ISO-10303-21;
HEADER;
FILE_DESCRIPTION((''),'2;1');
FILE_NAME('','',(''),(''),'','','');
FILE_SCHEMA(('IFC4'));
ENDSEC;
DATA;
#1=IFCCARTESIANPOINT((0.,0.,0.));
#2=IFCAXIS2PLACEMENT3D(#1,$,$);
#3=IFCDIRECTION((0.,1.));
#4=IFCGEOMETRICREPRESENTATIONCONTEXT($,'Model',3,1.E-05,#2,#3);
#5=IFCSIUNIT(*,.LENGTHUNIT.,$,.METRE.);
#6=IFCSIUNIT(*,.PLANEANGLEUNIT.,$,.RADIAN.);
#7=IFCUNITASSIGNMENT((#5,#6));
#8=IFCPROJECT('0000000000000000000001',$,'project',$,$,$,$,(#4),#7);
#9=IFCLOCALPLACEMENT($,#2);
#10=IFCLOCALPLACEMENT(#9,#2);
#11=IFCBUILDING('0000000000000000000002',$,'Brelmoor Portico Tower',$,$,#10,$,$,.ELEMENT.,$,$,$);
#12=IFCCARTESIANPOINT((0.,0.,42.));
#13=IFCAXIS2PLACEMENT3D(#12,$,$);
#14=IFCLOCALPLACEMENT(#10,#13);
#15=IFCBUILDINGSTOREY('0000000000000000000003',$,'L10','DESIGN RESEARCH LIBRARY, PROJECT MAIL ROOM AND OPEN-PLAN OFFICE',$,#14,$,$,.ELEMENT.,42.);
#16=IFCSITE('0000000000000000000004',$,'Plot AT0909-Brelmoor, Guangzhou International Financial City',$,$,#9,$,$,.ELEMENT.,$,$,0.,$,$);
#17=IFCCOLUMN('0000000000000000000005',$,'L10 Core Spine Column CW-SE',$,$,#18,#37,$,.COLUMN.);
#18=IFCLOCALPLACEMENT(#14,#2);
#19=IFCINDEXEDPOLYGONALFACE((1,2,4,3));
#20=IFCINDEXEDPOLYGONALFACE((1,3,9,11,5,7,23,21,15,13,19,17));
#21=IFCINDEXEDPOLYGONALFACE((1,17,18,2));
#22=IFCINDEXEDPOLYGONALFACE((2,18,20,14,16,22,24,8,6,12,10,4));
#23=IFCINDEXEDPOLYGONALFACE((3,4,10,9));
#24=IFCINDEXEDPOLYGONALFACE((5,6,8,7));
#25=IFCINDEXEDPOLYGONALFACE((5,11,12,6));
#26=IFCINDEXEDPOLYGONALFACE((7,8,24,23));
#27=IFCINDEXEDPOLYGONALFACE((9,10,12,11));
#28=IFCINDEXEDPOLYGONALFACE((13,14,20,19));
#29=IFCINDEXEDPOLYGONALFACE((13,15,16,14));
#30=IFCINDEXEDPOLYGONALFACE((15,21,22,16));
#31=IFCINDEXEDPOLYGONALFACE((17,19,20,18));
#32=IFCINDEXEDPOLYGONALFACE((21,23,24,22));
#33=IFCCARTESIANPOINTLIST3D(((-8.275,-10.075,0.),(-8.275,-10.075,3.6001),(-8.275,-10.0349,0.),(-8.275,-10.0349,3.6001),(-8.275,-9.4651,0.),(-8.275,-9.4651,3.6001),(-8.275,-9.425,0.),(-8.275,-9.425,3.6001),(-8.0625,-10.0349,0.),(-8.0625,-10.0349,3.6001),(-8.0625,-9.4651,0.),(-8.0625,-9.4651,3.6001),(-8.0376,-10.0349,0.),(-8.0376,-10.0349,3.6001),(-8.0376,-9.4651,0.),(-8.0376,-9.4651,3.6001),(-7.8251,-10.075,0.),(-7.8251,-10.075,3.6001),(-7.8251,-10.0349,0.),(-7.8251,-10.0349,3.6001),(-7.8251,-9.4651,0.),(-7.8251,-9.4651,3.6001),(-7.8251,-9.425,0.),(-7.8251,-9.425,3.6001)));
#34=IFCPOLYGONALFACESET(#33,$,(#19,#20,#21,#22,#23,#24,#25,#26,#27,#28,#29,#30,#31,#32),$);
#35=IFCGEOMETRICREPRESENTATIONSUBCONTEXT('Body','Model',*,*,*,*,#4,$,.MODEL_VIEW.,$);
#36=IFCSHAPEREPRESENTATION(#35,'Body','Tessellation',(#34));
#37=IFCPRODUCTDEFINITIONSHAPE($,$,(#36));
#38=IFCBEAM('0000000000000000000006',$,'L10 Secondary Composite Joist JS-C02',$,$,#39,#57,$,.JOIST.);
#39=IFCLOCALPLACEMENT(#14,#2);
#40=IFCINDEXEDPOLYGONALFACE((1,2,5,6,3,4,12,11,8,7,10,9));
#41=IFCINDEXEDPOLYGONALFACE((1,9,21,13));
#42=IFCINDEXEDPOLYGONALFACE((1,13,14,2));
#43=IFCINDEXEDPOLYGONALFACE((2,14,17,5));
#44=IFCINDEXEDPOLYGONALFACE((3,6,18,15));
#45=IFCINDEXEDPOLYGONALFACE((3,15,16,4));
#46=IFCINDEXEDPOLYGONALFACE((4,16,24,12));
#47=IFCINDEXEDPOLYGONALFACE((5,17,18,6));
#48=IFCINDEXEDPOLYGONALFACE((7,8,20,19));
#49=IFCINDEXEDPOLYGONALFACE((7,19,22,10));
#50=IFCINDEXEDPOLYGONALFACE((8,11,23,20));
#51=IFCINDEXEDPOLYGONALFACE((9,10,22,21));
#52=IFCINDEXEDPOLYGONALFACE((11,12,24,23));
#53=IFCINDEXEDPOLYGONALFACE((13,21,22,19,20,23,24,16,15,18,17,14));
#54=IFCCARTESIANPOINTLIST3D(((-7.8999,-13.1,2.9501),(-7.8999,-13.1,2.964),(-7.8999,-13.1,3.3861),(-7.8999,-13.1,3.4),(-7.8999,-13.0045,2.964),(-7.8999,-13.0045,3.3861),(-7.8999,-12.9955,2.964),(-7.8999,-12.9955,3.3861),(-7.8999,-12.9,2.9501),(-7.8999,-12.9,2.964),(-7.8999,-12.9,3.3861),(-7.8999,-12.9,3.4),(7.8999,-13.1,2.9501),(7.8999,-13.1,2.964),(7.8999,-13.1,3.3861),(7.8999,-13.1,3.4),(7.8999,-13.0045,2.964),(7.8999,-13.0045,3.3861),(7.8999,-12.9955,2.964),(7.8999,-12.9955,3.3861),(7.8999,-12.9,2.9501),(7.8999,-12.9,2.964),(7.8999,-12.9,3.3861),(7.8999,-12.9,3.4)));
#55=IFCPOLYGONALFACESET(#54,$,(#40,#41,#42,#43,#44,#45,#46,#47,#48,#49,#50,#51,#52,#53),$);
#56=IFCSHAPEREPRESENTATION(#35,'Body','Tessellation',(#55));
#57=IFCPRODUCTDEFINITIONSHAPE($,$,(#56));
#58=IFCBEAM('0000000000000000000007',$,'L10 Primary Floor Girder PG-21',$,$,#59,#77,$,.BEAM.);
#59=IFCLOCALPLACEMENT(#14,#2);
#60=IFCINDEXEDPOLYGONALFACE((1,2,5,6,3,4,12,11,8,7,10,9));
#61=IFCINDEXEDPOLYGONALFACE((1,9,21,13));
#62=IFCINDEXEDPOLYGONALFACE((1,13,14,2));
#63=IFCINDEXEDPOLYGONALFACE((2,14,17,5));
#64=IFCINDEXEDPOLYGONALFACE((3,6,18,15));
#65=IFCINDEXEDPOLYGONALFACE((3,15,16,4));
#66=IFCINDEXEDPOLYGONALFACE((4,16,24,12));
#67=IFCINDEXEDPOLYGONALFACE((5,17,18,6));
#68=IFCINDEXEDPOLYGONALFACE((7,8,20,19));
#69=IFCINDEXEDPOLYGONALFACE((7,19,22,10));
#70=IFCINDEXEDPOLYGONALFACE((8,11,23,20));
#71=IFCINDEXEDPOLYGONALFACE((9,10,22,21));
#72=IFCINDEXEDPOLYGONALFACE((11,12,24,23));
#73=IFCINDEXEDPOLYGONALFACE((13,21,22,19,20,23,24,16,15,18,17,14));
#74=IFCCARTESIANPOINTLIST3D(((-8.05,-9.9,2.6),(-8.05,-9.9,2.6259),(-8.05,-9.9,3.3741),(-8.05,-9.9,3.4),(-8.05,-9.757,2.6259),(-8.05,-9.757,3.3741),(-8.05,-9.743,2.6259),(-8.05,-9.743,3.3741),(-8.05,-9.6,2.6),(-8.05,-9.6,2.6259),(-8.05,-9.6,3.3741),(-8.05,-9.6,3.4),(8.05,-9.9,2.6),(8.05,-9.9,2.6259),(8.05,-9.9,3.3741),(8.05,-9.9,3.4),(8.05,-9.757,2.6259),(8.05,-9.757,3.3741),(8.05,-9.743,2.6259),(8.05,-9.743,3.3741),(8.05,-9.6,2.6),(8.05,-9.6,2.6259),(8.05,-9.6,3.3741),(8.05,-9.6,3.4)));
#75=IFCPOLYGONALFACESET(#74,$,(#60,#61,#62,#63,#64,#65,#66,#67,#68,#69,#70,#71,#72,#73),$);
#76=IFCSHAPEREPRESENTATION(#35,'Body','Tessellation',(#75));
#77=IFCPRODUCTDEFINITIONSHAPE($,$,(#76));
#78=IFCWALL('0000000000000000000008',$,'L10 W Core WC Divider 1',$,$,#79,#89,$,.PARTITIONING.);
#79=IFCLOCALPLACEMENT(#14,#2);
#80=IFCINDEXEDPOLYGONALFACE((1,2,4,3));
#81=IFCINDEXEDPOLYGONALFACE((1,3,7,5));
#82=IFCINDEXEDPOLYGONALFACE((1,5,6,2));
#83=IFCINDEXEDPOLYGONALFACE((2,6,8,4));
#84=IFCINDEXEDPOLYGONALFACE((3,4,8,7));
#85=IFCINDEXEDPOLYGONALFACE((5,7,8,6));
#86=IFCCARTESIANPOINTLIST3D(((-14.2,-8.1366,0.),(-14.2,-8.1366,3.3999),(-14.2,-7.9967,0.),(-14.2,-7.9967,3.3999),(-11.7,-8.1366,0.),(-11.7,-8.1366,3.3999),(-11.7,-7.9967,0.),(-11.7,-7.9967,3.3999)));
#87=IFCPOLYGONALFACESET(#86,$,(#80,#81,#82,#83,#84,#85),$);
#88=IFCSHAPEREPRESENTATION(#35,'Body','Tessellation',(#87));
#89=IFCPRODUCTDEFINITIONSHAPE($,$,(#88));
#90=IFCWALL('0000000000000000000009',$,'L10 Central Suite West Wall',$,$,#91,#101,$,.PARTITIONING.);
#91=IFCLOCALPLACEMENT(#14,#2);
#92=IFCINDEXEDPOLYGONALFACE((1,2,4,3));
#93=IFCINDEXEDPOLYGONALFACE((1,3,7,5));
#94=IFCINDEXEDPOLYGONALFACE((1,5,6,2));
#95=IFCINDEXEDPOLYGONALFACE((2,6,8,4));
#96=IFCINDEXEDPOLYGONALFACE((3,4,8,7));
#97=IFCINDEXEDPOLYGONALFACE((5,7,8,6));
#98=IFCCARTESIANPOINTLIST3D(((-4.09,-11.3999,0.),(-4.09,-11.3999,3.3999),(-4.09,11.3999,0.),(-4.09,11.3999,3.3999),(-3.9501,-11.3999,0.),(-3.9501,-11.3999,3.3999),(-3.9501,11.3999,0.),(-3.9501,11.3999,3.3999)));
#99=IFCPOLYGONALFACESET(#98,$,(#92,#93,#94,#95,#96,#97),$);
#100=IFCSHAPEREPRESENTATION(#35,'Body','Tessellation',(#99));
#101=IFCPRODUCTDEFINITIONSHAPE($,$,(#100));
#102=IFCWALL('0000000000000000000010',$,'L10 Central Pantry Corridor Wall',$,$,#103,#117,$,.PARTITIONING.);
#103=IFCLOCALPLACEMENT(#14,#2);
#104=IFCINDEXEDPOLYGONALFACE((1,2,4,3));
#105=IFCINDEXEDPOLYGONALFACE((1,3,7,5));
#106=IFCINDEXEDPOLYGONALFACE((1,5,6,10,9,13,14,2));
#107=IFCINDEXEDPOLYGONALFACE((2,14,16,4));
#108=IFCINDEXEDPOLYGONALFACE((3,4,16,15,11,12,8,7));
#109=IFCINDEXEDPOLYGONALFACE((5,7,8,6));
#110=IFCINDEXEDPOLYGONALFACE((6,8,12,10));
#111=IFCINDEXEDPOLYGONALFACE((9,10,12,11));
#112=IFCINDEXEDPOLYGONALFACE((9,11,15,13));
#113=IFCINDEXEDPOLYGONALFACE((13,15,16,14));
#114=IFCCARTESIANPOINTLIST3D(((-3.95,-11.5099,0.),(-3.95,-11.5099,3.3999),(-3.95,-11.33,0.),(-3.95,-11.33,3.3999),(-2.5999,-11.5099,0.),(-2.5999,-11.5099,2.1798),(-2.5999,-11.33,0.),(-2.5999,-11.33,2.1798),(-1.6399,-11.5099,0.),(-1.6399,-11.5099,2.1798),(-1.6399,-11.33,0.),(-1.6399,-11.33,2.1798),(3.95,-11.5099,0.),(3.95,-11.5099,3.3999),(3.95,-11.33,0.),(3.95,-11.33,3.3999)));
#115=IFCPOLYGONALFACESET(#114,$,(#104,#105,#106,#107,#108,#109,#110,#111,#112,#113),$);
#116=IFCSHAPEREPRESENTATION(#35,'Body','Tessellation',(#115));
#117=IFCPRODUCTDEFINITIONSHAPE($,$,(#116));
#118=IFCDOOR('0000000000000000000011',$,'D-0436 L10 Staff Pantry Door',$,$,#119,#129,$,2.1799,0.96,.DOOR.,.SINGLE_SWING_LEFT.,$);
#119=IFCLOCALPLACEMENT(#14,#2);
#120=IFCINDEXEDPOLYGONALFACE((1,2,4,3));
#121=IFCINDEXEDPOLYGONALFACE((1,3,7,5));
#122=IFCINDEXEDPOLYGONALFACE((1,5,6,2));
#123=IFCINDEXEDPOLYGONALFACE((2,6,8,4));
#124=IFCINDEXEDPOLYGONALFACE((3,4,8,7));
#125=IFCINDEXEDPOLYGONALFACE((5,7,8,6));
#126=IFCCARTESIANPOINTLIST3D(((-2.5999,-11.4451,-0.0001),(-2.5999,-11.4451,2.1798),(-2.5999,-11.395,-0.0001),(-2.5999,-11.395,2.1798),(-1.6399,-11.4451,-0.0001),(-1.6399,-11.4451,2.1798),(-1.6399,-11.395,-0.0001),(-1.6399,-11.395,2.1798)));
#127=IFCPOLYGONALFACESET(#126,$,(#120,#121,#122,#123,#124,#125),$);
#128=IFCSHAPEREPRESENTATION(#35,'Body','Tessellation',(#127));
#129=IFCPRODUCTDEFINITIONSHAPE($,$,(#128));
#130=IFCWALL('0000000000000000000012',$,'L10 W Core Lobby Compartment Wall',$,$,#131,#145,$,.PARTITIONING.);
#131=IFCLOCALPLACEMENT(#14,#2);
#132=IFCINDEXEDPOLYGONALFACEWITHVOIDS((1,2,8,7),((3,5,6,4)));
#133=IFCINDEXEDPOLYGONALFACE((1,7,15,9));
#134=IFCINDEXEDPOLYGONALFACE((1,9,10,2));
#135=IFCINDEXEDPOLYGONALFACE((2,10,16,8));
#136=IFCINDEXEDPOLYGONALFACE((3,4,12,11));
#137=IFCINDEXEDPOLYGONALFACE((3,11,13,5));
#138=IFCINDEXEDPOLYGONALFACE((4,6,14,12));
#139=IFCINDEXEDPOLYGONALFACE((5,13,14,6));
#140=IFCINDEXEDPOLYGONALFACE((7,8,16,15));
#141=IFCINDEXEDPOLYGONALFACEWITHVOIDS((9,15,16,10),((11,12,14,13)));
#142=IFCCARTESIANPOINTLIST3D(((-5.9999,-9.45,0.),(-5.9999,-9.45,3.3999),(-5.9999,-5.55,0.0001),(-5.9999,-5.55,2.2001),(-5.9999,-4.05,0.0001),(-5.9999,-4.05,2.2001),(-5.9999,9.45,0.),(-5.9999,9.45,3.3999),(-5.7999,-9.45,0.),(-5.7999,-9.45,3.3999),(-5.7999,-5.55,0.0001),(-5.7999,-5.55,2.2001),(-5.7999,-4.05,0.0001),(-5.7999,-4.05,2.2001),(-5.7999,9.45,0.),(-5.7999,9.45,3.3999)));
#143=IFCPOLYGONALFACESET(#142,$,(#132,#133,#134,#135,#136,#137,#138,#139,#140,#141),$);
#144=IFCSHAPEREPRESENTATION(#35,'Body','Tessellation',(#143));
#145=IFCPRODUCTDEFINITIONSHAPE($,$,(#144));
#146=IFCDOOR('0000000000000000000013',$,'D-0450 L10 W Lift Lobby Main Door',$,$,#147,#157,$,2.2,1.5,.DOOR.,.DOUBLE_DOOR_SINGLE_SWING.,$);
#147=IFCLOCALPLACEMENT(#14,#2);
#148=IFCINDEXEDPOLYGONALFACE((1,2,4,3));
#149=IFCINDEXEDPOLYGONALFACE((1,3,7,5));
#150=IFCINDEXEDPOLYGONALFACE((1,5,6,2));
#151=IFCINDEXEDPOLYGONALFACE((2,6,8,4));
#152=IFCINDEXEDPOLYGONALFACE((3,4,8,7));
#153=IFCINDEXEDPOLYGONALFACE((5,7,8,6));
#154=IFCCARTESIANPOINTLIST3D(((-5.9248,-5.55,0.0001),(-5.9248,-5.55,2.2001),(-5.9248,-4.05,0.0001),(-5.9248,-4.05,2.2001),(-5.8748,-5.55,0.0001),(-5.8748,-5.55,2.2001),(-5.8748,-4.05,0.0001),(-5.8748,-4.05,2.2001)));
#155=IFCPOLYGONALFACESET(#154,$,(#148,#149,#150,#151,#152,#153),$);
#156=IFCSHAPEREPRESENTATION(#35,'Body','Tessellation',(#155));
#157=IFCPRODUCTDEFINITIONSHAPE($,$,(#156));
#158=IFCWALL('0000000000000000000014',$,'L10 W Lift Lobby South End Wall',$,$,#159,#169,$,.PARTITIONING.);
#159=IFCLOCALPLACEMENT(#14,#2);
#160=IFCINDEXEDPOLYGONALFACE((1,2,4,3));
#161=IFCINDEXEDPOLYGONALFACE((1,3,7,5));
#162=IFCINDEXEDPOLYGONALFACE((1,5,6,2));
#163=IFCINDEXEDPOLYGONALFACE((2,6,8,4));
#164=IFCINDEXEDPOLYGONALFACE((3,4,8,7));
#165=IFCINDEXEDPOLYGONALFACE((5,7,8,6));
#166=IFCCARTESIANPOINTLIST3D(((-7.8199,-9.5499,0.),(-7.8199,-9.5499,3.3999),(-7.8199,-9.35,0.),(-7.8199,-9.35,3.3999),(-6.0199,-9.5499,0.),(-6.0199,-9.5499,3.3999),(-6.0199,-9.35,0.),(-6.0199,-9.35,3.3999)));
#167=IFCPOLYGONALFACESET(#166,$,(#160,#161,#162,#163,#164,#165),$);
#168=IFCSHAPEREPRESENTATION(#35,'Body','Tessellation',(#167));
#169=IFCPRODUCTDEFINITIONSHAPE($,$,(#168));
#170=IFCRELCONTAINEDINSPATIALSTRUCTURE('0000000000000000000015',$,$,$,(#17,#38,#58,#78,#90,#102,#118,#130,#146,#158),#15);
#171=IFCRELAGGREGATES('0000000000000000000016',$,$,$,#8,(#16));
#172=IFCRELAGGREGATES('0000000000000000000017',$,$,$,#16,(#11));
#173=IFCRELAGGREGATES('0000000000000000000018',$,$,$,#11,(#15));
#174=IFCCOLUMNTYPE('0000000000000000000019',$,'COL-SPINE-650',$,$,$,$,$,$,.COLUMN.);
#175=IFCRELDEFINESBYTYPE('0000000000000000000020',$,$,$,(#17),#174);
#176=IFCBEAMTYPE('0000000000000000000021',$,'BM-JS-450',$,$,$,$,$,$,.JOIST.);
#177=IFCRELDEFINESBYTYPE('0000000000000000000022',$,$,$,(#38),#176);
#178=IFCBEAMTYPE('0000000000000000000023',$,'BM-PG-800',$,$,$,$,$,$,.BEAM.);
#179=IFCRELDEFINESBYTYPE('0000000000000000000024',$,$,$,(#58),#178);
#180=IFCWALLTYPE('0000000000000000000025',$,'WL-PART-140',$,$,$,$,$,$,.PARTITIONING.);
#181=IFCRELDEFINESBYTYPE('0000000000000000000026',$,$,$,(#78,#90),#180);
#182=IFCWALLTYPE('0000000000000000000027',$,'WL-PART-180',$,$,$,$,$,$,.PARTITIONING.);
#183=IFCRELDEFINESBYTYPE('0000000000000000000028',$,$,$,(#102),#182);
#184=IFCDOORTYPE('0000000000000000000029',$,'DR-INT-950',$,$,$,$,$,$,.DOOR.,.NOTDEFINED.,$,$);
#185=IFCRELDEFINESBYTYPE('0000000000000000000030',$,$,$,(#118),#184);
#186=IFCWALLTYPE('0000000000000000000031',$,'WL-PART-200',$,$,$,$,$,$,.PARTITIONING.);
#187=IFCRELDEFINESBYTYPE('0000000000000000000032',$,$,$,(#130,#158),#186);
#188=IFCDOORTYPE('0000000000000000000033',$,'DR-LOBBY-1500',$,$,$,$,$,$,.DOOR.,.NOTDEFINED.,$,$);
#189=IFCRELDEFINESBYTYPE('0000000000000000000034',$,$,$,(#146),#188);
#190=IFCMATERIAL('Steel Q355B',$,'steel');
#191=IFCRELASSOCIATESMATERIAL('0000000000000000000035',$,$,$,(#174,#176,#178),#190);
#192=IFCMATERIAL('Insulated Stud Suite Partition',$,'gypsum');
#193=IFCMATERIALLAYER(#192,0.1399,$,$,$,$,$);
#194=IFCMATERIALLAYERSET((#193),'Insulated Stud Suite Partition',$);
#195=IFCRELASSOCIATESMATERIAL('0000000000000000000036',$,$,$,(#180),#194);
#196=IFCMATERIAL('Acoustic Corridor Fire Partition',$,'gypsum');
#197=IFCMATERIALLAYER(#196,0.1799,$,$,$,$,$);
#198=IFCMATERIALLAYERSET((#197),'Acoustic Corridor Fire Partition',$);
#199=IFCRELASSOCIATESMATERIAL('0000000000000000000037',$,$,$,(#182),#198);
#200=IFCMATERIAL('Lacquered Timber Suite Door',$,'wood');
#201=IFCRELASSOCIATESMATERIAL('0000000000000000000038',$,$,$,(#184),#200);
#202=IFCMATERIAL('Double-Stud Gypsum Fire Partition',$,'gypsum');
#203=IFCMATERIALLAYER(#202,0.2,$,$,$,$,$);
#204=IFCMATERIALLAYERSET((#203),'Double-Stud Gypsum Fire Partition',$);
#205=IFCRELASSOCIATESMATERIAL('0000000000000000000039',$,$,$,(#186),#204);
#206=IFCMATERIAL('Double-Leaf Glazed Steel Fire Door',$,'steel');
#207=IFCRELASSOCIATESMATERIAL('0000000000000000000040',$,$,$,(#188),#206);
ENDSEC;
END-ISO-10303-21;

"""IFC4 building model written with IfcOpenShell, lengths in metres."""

from ifc_helpers import new_model, si_unit, direction, frame, frame_2d, origin, origin_2d, place, context, subcontext, project, spatial, rectangle, i_section, extrude, material, layer, layer_set, material_profile, profile_set, type_object, element, fill, save


model = new_model("IFC4")

# Units and contexts
model_context = context("Model", 3, precision=1e-05, world=origin(), true_north=direction((0.0, 1.0)))
body_context = subcontext(model_context, "Body", "Model", "MODEL_VIEW")
ifc_project = project(units=[si_unit("LENGTHUNIT", "METRE"), si_unit("PLANEANGLEUNIT", "RADIAN")], contexts=[model_context])

# Site, building, storey
site_placement = place(None, origin())
site = spatial("IfcSite", under=ifc_project, at=site_placement, Name="Plot AT0909-Brelmoor, Guangzhou International Financial City", CompositionType="ELEMENT", RefElevation=0.0)
building_placement = place(site_placement, origin())
building = spatial("IfcBuilding", under=site, at=building_placement, Name="Brelmoor Portico Tower", CompositionType="ELEMENT")
storey_placement = place(building_placement, frame((0.0, 0.0, 42.0)))
storey = spatial("IfcBuildingStorey", under=building, at=storey_placement, Name="L10", Description="DESIGN RESEARCH LIBRARY, PROJECT MAIL ROOM AND OPEN-PLAN OFFICE", CompositionType="ELEMENT", Elevation=42.0)

# Column
ifc_material_1 = material(Name="Steel Q355B", Category="steel")
ifc_material_profile_1 = material_profile(ifc_material_1, i_section(OverallWidth=0.45, OverallDepth=0.6499, WebThickness=0.0249, FlangeThickness=0.04, at=origin_2d()), Name="HW 650x450x25x40")
ifc_profile_set_1 = profile_set([ifc_material_profile_1], Name="Steel Q355B")
column_type = type_object("IfcColumnType", Name="COL-SPINE-650", PredefinedType="COLUMN", material=ifc_profile_set_1)
column_placement = place(storey_placement, frame((-8.05, -9.75, 0.0), z_axis=(0.0, 0.0, 1.0), x_axis=(1.0, 0.0, 0.0)))
element("IfcColumn", 1, at=column_placement, inside=storey, type_object=column_type, Name="L10 Core Spine Column CW-SE", PredefinedType="COLUMN", context=body_context, shape_type="SweptSolid", body=[
    extrude(i_section(OverallWidth=0.45, OverallDepth=0.6499, WebThickness=0.0249, FlangeThickness=0.04, at=origin_2d()), origin(), (0.0, 0.0, 1.0), 3.6001),
])

# Beams
ifc_material_profile_2 = material_profile(ifc_material_1, i_section(OverallWidth=0.2, OverallDepth=0.45, WebThickness=0.009, FlangeThickness=0.0139, at=origin_2d()), Name="HN 450x200x9x14")
ifc_profile_set_2 = profile_set([ifc_material_profile_2], Name="Steel Q355B")
beam_type_1 = type_object("IfcBeamType", Name="BM-JS-450", PredefinedType="JOIST", material=ifc_profile_set_2)
beam_1_placement = place(storey_placement, frame((-7.8999, -13.0, 3.175), z_axis=(1.0, 0.0, 0.0), x_axis=(0.0, 1.0, 0.0)))
element("IfcBeam", 2, at=beam_1_placement, inside=storey, type_object=beam_type_1, Name="L10 Secondary Composite Joist JS-C02", PredefinedType="JOIST", context=body_context, shape_type="SweptSolid", body=[
    extrude(i_section(OverallWidth=0.2, OverallDepth=0.45, WebThickness=0.009, FlangeThickness=0.0139, at=origin_2d()), origin(), (0.0, 0.0, 1.0), 15.7998),
])
ifc_material_profile_3 = material_profile(ifc_material_1, i_section(OverallWidth=0.3, OverallDepth=0.8, WebThickness=0.0139, FlangeThickness=0.0259, at=origin_2d()), Name="HN 800x300x14x26")
ifc_profile_set_3 = profile_set([ifc_material_profile_3], Name="Steel Q355B")
beam_type_2 = type_object("IfcBeamType", Name="BM-PG-800", PredefinedType="BEAM", material=ifc_profile_set_3)
beam_2_placement = place(storey_placement, frame((-8.05, -9.75, 3.0), z_axis=(1.0, 0.0, 0.0), x_axis=(0.0, 1.0, 0.0)))
element("IfcBeam", 3, at=beam_2_placement, inside=storey, type_object=beam_type_2, Name="L10 Primary Floor Girder PG-21", PredefinedType="BEAM", context=body_context, shape_type="SweptSolid", body=[
    extrude(i_section(OverallWidth=0.3, OverallDepth=0.8, WebThickness=0.0139, FlangeThickness=0.0259, at=origin_2d()), origin(), (0.0, 0.0, 1.0), 16.1001),
])

# Walls
ifc_material_2 = material(Name="Insulated Stud Suite Partition", Category="gypsum")
ifc_layer_1 = layer(ifc_material_2, 0.1399)
ifc_layer_set_1 = layer_set([ifc_layer_1], Name="Insulated Stud Suite Partition")
wall_type_1 = type_object("IfcWallType", Name="WL-PART-140", PredefinedType="PARTITIONING", material=ifc_layer_set_1)
wall_1_placement = place(storey_placement, frame((-11.7, -8.0667, 0.0), z_axis=(0.0, 0.0, 1.0), x_axis=(-1.0, 0.0, 0.0)))
element("IfcWall", 4, at=wall_1_placement, inside=storey, type_object=wall_type_1, Name="L10 W Core WC Divider 1", PredefinedType="PARTITIONING", context=body_context, shape_type="SweptSolid", body=[
    extrude(rectangle(XDim=2.5, YDim=0.1399, at=frame_2d((1.25, 0.0))), origin(), (0.0, 0.0, 1.0), 3.3999),
])
wall_2_placement = place(storey_placement, frame((-4.02, -11.3999, 0.0), z_axis=(0.0, 0.0, 1.0), x_axis=(0.0, 1.0, 0.0)))
element("IfcWall", 5, at=wall_2_placement, inside=storey, type_object=wall_type_1, Name="L10 Central Suite West Wall", PredefinedType="PARTITIONING", context=body_context, shape_type="SweptSolid", body=[
    extrude(rectangle(XDim=22.7998, YDim=0.1399, at=frame_2d((11.3999, 0.0))), origin(), (0.0, 0.0, 1.0), 3.3999),
])

# Walls, openings, doors
ifc_material_3 = material(Name="Acoustic Corridor Fire Partition", Category="gypsum")
ifc_layer_2 = layer(ifc_material_3, 0.1799)
ifc_layer_set_2 = layer_set([ifc_layer_2], Name="Acoustic Corridor Fire Partition")
wall_type_2 = type_object("IfcWallType", Name="WL-PART-180", PredefinedType="PARTITIONING", material=ifc_layer_set_2)
wall_3_placement = place(storey_placement, frame((-3.95, -11.4199, 0.0), z_axis=(0.0, 0.0, 1.0), x_axis=(1.0, 0.0, 0.0)))
wall_3 = element("IfcWall", 6, at=wall_3_placement, inside=storey, type_object=wall_type_2, Name="L10 Central Pantry Corridor Wall", PredefinedType="PARTITIONING", context=body_context, shape_type="SweptSolid", body=[
    extrude(rectangle(XDim=7.8999, YDim=0.1799, at=frame_2d((3.95, 0.0))), origin(), (0.0, 0.0, 1.0), 3.3999),
])
opening_1_placement = place(wall_3_placement, frame((1.3501, 0.0, 0.0)))
opening_1 = element("IfcOpeningElement", 7, at=opening_1_placement, cuts=wall_3, PredefinedType="OPENING", context=body_context, shape_type="SweptSolid", body=[
    extrude(rectangle(XDim=0.96, YDim=2.1799, at=frame_2d((0.48, 1.0898))), frame((0.0, 0.0999, 0.0), z_axis=(0.0, -1.0, 0.0), x_axis=(1.0, 0.0, 0.0)), (0.0, 0.0, 1.0), 0.2),
])
ifc_material_4 = material(Name="Lacquered Timber Suite Door", Category="wood")
door_type_1 = type_object("IfcDoorType", Name="DR-INT-950", OperationType="NOTDEFINED", PredefinedType="DOOR", material=ifc_material_4)
door_1_placement = place(opening_1_placement, origin())
door_1 = element("IfcDoor", 8, at=door_1_placement, inside=storey, type_object=door_type_1, Name="D-0436 L10 Staff Pantry Door", OperationType="SINGLE_SWING_LEFT", OverallHeight=2.1799, OverallWidth=0.96, PredefinedType="DOOR", context=body_context, shape_type="SweptSolid", body=[
    extrude(rectangle(XDim=0.96, YDim=2.1799, at=frame_2d((0.48, 1.0898))), frame((0.0, 0.0249, 0.0), z_axis=(0.0, -1.0, 0.0), x_axis=(1.0, 0.0, 0.0)), (0.0, 0.0, 1.0), 0.05),
])
fill(opening_1, door_1)
ifc_material_5 = material(Name="Double-Stud Gypsum Fire Partition", Category="gypsum")
ifc_layer_3 = layer(ifc_material_5, 0.2)
ifc_layer_set_3 = layer_set([ifc_layer_3], Name="Double-Stud Gypsum Fire Partition")
wall_type_3 = type_object("IfcWallType", Name="WL-PART-200", PredefinedType="PARTITIONING", material=ifc_layer_set_3)
wall_4_placement = place(storey_placement, frame((-5.8999, -9.45, 0.0), z_axis=(0.0, 0.0, 1.0), x_axis=(0.0, 1.0, 0.0)))
wall_4 = element("IfcWall", 9, at=wall_4_placement, inside=storey, type_object=wall_type_3, Name="L10 W Core Lobby Compartment Wall", PredefinedType="PARTITIONING", context=body_context, shape_type="SweptSolid", body=[
    extrude(rectangle(XDim=18.8999, YDim=0.2, at=frame_2d((9.45, 0.0))), origin(), (0.0, 0.0, 1.0), 3.3999),
])
opening_2_placement = place(wall_4_placement, frame((3.8999, 0.0, 0.0)))
opening_2 = element("IfcOpeningElement", 10, at=opening_2_placement, cuts=wall_4, PredefinedType="OPENING", context=body_context, shape_type="SweptSolid", body=[
    extrude(rectangle(XDim=1.5, YDim=2.2, at=frame_2d((0.75, 1.1001))), frame((0.0, 0.1099, 0.0), z_axis=(0.0, -1.0, 0.0), x_axis=(1.0, 0.0, 0.0)), (0.0, 0.0, 1.0), 0.22),
])
ifc_material_6 = material(Name="Double-Leaf Glazed Steel Fire Door", Category="steel")
door_type_2 = type_object("IfcDoorType", Name="DR-LOBBY-1500", OperationType="NOTDEFINED", PredefinedType="DOOR", material=ifc_material_6)
door_2_placement = place(opening_2_placement, origin())
door_2 = element("IfcDoor", 11, at=door_2_placement, inside=storey, type_object=door_type_2, Name="D-0450 L10 W Lift Lobby Main Door", OperationType="DOUBLE_DOOR_SINGLE_SWING", OverallHeight=2.2, OverallWidth=1.5, PredefinedType="DOOR", context=body_context, shape_type="SweptSolid", body=[
    extrude(rectangle(XDim=1.5, YDim=2.2, at=frame_2d((0.75, 1.1001))), frame((0.0, 0.0249, 0.0), z_axis=(0.0, -1.0, 0.0), x_axis=(1.0, 0.0, 0.0)), (0.0, 0.0, 1.0), 0.05),
])
fill(opening_2, door_2)

# Wall
wall_5_placement = place(storey_placement, frame((-6.02, -9.45, 0.0), z_axis=(0.0, 0.0, 1.0), x_axis=(-1.0, 0.0, 0.0)))
element("IfcWall", 12, at=wall_5_placement, inside=storey, type_object=wall_type_3, Name="L10 W Lift Lobby South End Wall", PredefinedType="PARTITIONING", context=body_context, shape_type="SweptSolid", body=[
    extrude(rectangle(XDim=1.8, YDim=0.2, at=frame_2d((0.8999, 0.0))), origin(), (0.0, 0.0, 1.0), 3.3999),
])

save(model, "model.ifc")
